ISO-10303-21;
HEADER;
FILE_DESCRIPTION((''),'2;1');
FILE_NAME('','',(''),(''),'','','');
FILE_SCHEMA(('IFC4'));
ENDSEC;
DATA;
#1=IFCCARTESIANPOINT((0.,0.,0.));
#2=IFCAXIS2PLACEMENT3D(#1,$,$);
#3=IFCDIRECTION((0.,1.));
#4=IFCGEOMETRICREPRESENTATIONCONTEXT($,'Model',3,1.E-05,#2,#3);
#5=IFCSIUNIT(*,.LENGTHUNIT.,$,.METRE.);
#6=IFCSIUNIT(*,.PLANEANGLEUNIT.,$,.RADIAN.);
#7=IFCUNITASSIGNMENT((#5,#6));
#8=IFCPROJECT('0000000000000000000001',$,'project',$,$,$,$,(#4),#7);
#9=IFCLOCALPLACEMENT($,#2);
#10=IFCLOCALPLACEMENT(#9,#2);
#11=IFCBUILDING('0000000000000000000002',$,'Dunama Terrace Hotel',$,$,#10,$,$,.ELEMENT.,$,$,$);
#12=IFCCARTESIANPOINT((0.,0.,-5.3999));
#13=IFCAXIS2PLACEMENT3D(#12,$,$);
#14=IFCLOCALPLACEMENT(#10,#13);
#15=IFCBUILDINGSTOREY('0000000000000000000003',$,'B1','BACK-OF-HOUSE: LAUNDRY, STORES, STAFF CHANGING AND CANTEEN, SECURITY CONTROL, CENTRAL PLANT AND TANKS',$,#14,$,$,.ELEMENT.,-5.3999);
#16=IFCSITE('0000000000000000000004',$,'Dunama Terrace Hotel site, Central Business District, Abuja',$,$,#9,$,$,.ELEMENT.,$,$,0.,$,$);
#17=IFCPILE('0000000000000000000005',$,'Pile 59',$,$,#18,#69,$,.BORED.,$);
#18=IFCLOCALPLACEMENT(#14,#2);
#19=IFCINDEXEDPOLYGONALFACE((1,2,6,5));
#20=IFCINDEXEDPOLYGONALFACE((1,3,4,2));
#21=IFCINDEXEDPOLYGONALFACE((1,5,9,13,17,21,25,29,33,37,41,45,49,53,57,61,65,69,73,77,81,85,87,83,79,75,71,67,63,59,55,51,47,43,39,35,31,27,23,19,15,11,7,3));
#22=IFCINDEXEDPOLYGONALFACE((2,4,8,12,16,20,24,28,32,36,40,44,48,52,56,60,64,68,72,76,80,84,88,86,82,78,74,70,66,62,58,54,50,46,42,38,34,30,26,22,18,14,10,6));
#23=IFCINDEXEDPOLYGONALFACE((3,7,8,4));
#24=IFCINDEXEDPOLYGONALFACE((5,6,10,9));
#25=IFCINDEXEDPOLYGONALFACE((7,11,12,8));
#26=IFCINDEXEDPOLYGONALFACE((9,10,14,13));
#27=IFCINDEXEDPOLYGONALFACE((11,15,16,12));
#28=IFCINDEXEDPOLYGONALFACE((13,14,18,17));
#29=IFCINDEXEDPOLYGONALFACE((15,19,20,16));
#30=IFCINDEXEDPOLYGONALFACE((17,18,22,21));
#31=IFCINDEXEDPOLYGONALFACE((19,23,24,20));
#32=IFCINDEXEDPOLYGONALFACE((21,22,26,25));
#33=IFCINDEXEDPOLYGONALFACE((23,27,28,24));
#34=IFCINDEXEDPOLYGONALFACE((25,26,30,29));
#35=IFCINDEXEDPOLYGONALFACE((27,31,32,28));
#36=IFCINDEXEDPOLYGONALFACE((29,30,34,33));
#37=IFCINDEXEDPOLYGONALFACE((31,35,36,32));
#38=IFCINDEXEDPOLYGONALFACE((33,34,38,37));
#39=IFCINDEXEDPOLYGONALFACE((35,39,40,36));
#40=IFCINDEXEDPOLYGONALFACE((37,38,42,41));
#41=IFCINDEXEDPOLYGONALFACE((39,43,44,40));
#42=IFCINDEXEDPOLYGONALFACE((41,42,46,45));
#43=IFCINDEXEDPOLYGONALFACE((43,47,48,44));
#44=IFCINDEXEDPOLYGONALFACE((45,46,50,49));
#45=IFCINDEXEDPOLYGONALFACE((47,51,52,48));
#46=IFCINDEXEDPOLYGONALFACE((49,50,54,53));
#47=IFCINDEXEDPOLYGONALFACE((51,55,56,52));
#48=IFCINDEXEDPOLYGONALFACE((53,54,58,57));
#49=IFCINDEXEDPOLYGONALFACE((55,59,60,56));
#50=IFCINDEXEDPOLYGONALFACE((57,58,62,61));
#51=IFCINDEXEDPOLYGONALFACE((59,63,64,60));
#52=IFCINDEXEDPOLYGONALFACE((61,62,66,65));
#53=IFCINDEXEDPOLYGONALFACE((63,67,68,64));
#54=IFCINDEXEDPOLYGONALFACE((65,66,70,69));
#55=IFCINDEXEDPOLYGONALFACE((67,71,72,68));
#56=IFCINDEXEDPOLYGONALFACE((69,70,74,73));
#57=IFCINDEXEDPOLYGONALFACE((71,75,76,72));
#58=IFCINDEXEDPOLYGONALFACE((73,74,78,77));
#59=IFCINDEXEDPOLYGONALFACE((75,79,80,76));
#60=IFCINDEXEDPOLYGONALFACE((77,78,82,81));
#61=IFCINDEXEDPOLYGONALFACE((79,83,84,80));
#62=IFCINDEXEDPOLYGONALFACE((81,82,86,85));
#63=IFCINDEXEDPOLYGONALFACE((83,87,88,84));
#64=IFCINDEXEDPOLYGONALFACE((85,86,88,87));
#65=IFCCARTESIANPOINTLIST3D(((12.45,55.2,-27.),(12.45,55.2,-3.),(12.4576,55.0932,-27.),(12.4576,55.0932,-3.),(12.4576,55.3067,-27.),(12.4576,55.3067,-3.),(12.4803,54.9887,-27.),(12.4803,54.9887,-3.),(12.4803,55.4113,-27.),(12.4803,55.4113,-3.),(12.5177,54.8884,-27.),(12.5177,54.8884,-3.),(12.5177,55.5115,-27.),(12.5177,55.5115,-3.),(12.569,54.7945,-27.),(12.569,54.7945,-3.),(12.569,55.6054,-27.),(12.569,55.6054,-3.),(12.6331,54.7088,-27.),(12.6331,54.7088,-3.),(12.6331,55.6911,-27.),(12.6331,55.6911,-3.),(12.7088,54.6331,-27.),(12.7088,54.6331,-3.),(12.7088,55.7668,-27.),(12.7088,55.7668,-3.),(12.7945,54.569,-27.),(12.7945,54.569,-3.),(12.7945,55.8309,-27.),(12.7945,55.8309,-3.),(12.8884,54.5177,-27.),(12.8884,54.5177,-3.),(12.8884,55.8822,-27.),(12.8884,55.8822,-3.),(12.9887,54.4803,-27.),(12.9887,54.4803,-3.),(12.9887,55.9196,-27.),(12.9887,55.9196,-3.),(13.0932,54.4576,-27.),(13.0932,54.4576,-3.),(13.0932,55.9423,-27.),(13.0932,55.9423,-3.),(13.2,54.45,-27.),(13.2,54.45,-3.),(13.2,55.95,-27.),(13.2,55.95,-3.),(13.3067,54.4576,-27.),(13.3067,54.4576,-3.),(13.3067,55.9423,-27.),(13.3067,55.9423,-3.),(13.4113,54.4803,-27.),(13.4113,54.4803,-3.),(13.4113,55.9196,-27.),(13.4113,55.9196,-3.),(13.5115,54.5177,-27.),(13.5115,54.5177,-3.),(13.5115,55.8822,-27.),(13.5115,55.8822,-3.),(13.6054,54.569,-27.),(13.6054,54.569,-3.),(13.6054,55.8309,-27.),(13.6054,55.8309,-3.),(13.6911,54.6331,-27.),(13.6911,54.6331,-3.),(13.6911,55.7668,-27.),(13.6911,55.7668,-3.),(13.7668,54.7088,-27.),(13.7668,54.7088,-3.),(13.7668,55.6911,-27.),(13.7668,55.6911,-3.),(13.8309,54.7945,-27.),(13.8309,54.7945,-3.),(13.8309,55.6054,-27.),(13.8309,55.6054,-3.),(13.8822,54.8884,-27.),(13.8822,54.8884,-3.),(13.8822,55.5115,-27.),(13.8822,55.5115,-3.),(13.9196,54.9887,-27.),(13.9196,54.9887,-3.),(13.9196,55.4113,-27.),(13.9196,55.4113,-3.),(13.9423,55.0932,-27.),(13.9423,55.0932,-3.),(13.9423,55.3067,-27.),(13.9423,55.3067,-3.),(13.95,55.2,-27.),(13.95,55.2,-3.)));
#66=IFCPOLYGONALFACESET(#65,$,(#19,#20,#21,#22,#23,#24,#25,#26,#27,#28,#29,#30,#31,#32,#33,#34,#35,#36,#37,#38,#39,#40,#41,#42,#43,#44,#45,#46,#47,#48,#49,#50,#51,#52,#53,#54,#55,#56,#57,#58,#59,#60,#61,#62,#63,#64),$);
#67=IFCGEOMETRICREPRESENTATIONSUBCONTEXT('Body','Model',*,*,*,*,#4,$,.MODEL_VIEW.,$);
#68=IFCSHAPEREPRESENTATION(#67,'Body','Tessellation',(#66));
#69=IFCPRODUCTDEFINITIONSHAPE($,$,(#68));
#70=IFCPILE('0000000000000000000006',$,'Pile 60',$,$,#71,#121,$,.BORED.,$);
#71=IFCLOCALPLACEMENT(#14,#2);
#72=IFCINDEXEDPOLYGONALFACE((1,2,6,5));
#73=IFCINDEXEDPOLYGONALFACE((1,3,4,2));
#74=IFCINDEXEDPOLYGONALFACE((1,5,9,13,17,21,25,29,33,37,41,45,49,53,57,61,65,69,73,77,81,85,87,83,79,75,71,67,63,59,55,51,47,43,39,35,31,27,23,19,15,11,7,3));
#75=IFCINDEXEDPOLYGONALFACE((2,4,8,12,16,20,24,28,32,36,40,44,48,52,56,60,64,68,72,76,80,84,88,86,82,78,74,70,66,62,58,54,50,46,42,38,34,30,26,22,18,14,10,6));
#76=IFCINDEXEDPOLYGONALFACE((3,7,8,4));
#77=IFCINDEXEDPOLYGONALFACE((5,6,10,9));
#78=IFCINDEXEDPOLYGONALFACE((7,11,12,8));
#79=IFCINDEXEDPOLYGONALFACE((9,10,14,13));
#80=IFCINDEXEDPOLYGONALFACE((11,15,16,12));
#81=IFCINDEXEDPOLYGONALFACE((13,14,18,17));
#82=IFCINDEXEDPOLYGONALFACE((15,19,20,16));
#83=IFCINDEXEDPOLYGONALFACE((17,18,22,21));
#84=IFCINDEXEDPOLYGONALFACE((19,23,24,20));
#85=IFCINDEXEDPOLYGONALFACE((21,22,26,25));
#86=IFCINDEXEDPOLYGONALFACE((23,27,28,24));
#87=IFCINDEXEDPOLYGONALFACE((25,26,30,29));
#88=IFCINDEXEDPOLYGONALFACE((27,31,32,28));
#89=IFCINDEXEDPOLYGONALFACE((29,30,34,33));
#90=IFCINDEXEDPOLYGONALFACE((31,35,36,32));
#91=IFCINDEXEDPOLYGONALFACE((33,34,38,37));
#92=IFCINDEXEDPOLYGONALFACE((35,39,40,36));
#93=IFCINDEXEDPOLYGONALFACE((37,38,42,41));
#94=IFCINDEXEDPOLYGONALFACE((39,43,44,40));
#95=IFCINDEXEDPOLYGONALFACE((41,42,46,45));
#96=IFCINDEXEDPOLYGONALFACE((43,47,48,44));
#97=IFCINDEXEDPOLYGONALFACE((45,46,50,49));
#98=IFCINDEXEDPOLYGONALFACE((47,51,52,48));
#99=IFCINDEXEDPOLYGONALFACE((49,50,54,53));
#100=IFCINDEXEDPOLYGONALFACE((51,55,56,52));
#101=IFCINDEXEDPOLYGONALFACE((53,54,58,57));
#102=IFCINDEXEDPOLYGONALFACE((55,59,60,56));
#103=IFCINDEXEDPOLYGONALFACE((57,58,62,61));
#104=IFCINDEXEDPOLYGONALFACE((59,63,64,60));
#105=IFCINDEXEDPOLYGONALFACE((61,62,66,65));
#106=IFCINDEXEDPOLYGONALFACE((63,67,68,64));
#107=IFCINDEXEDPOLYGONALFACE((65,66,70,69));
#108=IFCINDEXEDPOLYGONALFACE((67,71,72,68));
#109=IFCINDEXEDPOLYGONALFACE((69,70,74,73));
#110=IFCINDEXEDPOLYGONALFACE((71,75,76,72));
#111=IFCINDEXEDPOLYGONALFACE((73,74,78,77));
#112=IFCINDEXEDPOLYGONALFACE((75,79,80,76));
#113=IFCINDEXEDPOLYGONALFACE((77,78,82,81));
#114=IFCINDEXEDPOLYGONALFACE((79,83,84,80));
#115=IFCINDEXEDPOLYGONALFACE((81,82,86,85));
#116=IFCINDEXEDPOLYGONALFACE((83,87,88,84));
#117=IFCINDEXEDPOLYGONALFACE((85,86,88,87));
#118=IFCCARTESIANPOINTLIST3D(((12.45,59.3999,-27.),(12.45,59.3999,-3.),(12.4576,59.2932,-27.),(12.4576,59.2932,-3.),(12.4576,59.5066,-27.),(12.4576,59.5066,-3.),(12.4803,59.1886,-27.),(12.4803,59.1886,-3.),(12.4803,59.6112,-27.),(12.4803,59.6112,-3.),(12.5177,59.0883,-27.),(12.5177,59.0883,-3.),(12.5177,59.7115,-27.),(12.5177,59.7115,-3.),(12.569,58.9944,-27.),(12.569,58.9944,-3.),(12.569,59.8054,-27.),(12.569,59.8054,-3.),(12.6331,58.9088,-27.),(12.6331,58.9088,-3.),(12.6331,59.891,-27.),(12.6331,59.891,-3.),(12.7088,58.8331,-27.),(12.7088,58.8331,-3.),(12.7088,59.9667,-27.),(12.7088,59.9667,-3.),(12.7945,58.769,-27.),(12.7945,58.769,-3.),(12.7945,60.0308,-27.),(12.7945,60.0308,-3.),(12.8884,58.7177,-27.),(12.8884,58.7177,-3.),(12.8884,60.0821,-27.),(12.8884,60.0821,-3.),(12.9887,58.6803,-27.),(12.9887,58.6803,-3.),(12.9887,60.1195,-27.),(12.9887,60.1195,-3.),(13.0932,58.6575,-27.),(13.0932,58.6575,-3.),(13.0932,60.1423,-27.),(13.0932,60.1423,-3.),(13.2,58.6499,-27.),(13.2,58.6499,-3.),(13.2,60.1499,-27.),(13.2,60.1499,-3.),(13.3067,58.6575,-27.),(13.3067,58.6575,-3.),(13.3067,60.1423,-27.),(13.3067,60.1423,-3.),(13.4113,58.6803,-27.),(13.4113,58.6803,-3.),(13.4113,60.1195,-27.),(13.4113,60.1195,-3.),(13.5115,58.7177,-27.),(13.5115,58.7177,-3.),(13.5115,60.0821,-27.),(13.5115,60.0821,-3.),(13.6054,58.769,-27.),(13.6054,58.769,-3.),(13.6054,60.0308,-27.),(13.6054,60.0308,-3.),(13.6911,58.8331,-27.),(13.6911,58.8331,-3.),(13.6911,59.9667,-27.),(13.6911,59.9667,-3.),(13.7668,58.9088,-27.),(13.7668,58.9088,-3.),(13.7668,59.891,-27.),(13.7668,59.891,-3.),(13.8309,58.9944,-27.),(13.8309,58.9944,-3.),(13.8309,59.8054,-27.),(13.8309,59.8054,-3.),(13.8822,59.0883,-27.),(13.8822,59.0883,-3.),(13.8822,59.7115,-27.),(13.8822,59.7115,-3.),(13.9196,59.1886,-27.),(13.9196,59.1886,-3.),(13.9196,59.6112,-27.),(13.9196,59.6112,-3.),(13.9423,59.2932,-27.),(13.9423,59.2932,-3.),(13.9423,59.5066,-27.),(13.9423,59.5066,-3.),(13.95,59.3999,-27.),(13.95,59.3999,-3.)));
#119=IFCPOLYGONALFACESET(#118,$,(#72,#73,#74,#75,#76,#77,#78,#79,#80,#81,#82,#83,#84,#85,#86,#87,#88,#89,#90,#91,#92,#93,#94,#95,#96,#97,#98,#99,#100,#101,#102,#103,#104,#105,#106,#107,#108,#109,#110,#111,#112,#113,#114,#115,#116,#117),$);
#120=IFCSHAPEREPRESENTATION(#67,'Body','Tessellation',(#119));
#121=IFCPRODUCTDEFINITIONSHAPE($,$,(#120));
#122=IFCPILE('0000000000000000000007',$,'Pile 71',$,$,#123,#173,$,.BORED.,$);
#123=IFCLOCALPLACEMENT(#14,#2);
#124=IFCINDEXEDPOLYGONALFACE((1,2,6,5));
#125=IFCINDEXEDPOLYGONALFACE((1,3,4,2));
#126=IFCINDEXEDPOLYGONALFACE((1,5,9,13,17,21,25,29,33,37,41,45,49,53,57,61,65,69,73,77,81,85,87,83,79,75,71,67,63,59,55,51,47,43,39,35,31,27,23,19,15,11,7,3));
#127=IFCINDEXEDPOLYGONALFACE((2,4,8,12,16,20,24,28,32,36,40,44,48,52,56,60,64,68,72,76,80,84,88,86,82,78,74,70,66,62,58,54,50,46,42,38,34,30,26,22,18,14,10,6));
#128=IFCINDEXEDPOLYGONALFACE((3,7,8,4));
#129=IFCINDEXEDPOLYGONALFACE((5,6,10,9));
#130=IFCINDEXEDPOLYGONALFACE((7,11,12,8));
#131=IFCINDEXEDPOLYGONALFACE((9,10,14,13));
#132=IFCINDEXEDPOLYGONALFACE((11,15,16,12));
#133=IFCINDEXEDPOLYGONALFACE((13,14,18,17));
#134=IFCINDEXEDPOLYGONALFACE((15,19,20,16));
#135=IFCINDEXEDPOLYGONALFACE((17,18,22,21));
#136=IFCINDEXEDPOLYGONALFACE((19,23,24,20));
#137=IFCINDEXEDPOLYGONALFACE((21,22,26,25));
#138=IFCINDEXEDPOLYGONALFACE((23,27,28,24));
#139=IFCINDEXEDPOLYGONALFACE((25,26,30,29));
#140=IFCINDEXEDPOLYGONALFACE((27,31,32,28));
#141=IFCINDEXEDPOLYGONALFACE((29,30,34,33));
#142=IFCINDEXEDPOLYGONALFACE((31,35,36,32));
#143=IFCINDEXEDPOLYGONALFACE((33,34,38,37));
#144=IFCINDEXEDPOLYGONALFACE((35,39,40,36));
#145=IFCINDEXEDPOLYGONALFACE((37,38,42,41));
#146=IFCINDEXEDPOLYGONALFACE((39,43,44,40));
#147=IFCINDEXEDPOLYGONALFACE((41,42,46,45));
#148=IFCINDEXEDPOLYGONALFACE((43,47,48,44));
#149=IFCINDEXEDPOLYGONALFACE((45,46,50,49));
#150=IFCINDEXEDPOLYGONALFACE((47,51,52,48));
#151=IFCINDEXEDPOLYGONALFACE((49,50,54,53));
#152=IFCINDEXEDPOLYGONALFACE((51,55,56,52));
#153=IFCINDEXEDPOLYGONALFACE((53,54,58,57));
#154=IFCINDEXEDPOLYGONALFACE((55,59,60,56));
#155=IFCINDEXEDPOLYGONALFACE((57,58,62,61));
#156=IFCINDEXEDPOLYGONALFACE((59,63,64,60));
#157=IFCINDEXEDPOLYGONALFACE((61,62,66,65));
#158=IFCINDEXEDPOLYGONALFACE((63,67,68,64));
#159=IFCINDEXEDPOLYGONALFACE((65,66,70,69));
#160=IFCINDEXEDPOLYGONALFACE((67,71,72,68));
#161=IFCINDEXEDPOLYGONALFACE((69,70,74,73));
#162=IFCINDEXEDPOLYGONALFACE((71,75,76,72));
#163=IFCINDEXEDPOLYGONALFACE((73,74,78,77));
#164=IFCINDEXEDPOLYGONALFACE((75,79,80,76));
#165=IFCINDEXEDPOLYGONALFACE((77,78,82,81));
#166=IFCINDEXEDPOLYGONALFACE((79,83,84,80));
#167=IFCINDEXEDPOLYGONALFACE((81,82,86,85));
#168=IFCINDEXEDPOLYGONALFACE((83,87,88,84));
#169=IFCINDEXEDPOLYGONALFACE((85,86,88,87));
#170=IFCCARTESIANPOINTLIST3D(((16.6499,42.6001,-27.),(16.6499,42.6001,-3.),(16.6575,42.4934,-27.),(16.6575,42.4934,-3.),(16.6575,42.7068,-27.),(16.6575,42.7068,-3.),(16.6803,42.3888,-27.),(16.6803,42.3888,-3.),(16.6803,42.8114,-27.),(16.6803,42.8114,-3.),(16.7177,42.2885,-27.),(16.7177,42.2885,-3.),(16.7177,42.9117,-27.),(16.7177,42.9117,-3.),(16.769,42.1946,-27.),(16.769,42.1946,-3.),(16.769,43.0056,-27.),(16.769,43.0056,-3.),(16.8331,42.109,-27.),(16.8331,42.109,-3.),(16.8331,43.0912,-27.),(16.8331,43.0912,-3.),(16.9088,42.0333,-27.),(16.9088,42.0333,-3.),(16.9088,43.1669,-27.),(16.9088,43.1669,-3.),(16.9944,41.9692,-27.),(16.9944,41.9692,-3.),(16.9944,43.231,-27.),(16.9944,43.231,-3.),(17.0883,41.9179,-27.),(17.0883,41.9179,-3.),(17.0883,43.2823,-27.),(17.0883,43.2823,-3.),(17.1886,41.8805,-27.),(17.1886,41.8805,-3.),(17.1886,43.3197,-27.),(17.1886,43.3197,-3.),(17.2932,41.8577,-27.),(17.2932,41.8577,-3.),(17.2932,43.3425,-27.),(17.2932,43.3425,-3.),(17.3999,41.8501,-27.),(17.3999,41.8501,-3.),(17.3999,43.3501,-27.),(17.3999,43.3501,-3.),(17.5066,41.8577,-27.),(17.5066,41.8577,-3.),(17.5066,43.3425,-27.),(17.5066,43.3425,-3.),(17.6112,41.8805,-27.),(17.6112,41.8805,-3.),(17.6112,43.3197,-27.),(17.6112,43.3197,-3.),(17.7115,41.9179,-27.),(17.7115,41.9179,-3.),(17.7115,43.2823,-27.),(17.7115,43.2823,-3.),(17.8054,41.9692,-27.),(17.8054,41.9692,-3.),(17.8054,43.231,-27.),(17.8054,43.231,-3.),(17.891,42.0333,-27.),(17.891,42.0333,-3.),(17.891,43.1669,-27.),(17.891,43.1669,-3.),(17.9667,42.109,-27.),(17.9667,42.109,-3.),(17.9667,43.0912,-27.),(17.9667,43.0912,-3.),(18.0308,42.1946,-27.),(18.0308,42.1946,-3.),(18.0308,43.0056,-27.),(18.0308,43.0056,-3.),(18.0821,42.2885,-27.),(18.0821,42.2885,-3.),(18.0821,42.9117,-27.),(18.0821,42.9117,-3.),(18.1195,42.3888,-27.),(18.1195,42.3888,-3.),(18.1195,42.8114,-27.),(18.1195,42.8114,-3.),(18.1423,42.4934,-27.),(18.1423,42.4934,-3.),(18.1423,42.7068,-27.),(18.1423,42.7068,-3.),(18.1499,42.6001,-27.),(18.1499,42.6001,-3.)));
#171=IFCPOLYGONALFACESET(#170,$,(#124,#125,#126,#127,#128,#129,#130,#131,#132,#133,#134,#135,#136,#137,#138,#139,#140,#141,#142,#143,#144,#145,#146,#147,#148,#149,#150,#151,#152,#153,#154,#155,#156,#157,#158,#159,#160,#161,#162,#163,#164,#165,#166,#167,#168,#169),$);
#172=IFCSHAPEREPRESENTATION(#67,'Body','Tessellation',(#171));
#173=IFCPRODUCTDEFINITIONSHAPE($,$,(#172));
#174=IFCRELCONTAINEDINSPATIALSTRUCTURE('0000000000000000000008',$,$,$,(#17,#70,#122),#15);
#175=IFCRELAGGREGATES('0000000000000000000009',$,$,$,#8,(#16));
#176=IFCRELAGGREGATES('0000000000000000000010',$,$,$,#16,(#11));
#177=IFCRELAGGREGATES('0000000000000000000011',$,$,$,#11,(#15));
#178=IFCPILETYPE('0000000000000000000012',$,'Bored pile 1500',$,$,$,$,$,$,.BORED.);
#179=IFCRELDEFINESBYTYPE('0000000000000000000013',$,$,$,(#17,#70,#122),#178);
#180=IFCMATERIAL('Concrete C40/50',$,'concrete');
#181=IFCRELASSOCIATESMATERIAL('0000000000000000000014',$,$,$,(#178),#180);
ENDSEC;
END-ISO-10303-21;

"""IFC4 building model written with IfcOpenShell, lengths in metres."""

from ifc_helpers import new_model, si_unit, direction, frame, origin, origin_2d, place, context, subcontext, project, spatial, circle, extrude, material, material_profile, profile_set, type_object, element, save


model = new_model("IFC4")

# Units and contexts
model_context = context("Model", 3, precision=1e-05, world=origin(), true_north=direction((0.0, 1.0)))
body_context = subcontext(model_context, "Body", "Model", "MODEL_VIEW")
ifc_project = project(units=[si_unit("LENGTHUNIT", "METRE"), si_unit("PLANEANGLEUNIT", "RADIAN")], contexts=[model_context])

# Site, building, storey
site_placement = place(None, origin())
site = spatial("IfcSite", under=ifc_project, at=site_placement, Name="Dunama Terrace Hotel site, Central Business District, Abuja", CompositionType="ELEMENT", RefElevation=0.0)
building_placement = place(site_placement, origin())
building = spatial("IfcBuilding", under=site, at=building_placement, Name="Dunama Terrace Hotel", CompositionType="ELEMENT")
storey_placement = place(building_placement, frame((0.0, 0.0, -5.3999)))
storey = spatial("IfcBuildingStorey", under=building, at=storey_placement, Name="B1", Description="BACK-OF-HOUSE: LAUNDRY, STORES, STAFF CHANGING AND CANTEEN, SECURITY CONTROL, CENTRAL PLANT AND TANKS", CompositionType="ELEMENT", Elevation=-5.3999)

# Piles
ifc_material_1 = material(Name="Concrete C40/50", Category="concrete")
ifc_material_profile_1 = material_profile(ifc_material_1, circle(Radius=0.75, at=origin_2d()), Name="PILE D1500")
ifc_profile_set_1 = profile_set([ifc_material_profile_1], Name="Concrete C40/50")
pile_type = type_object("IfcPileType", Name="Bored pile 1500", PredefinedType="BORED", material=ifc_profile_set_1)
for number, where, z_axis, x_axis, name in (
    (1, (13.2, 55.2, -3.0), (0.0, 0.0, -1.0), (1.0, 0.0, 0.0), "Pile 59"),
    (2, (13.2, 59.3999, -3.0), (0.0, 0.0, -1.0), (1.0, 0.0, 0.0), "Pile 60"),
    (3, (17.3999, 42.6001, -3.0), (0.0, 0.0, -1.0), (1.0, 0.0, 0.0), "Pile 71"),
):
    element("IfcPile", number, at=place(storey_placement, frame(where, z_axis=z_axis, x_axis=x_axis)), inside=storey, type_object=pile_type, Name=name, PredefinedType="BORED", context=body_context, shape_type="SweptSolid", body=[
        extrude(circle(Radius=0.75, at=origin_2d()), origin(), (0.0, 0.0, 1.0), 24.0),
    ])

save(model, "model.ifc")
